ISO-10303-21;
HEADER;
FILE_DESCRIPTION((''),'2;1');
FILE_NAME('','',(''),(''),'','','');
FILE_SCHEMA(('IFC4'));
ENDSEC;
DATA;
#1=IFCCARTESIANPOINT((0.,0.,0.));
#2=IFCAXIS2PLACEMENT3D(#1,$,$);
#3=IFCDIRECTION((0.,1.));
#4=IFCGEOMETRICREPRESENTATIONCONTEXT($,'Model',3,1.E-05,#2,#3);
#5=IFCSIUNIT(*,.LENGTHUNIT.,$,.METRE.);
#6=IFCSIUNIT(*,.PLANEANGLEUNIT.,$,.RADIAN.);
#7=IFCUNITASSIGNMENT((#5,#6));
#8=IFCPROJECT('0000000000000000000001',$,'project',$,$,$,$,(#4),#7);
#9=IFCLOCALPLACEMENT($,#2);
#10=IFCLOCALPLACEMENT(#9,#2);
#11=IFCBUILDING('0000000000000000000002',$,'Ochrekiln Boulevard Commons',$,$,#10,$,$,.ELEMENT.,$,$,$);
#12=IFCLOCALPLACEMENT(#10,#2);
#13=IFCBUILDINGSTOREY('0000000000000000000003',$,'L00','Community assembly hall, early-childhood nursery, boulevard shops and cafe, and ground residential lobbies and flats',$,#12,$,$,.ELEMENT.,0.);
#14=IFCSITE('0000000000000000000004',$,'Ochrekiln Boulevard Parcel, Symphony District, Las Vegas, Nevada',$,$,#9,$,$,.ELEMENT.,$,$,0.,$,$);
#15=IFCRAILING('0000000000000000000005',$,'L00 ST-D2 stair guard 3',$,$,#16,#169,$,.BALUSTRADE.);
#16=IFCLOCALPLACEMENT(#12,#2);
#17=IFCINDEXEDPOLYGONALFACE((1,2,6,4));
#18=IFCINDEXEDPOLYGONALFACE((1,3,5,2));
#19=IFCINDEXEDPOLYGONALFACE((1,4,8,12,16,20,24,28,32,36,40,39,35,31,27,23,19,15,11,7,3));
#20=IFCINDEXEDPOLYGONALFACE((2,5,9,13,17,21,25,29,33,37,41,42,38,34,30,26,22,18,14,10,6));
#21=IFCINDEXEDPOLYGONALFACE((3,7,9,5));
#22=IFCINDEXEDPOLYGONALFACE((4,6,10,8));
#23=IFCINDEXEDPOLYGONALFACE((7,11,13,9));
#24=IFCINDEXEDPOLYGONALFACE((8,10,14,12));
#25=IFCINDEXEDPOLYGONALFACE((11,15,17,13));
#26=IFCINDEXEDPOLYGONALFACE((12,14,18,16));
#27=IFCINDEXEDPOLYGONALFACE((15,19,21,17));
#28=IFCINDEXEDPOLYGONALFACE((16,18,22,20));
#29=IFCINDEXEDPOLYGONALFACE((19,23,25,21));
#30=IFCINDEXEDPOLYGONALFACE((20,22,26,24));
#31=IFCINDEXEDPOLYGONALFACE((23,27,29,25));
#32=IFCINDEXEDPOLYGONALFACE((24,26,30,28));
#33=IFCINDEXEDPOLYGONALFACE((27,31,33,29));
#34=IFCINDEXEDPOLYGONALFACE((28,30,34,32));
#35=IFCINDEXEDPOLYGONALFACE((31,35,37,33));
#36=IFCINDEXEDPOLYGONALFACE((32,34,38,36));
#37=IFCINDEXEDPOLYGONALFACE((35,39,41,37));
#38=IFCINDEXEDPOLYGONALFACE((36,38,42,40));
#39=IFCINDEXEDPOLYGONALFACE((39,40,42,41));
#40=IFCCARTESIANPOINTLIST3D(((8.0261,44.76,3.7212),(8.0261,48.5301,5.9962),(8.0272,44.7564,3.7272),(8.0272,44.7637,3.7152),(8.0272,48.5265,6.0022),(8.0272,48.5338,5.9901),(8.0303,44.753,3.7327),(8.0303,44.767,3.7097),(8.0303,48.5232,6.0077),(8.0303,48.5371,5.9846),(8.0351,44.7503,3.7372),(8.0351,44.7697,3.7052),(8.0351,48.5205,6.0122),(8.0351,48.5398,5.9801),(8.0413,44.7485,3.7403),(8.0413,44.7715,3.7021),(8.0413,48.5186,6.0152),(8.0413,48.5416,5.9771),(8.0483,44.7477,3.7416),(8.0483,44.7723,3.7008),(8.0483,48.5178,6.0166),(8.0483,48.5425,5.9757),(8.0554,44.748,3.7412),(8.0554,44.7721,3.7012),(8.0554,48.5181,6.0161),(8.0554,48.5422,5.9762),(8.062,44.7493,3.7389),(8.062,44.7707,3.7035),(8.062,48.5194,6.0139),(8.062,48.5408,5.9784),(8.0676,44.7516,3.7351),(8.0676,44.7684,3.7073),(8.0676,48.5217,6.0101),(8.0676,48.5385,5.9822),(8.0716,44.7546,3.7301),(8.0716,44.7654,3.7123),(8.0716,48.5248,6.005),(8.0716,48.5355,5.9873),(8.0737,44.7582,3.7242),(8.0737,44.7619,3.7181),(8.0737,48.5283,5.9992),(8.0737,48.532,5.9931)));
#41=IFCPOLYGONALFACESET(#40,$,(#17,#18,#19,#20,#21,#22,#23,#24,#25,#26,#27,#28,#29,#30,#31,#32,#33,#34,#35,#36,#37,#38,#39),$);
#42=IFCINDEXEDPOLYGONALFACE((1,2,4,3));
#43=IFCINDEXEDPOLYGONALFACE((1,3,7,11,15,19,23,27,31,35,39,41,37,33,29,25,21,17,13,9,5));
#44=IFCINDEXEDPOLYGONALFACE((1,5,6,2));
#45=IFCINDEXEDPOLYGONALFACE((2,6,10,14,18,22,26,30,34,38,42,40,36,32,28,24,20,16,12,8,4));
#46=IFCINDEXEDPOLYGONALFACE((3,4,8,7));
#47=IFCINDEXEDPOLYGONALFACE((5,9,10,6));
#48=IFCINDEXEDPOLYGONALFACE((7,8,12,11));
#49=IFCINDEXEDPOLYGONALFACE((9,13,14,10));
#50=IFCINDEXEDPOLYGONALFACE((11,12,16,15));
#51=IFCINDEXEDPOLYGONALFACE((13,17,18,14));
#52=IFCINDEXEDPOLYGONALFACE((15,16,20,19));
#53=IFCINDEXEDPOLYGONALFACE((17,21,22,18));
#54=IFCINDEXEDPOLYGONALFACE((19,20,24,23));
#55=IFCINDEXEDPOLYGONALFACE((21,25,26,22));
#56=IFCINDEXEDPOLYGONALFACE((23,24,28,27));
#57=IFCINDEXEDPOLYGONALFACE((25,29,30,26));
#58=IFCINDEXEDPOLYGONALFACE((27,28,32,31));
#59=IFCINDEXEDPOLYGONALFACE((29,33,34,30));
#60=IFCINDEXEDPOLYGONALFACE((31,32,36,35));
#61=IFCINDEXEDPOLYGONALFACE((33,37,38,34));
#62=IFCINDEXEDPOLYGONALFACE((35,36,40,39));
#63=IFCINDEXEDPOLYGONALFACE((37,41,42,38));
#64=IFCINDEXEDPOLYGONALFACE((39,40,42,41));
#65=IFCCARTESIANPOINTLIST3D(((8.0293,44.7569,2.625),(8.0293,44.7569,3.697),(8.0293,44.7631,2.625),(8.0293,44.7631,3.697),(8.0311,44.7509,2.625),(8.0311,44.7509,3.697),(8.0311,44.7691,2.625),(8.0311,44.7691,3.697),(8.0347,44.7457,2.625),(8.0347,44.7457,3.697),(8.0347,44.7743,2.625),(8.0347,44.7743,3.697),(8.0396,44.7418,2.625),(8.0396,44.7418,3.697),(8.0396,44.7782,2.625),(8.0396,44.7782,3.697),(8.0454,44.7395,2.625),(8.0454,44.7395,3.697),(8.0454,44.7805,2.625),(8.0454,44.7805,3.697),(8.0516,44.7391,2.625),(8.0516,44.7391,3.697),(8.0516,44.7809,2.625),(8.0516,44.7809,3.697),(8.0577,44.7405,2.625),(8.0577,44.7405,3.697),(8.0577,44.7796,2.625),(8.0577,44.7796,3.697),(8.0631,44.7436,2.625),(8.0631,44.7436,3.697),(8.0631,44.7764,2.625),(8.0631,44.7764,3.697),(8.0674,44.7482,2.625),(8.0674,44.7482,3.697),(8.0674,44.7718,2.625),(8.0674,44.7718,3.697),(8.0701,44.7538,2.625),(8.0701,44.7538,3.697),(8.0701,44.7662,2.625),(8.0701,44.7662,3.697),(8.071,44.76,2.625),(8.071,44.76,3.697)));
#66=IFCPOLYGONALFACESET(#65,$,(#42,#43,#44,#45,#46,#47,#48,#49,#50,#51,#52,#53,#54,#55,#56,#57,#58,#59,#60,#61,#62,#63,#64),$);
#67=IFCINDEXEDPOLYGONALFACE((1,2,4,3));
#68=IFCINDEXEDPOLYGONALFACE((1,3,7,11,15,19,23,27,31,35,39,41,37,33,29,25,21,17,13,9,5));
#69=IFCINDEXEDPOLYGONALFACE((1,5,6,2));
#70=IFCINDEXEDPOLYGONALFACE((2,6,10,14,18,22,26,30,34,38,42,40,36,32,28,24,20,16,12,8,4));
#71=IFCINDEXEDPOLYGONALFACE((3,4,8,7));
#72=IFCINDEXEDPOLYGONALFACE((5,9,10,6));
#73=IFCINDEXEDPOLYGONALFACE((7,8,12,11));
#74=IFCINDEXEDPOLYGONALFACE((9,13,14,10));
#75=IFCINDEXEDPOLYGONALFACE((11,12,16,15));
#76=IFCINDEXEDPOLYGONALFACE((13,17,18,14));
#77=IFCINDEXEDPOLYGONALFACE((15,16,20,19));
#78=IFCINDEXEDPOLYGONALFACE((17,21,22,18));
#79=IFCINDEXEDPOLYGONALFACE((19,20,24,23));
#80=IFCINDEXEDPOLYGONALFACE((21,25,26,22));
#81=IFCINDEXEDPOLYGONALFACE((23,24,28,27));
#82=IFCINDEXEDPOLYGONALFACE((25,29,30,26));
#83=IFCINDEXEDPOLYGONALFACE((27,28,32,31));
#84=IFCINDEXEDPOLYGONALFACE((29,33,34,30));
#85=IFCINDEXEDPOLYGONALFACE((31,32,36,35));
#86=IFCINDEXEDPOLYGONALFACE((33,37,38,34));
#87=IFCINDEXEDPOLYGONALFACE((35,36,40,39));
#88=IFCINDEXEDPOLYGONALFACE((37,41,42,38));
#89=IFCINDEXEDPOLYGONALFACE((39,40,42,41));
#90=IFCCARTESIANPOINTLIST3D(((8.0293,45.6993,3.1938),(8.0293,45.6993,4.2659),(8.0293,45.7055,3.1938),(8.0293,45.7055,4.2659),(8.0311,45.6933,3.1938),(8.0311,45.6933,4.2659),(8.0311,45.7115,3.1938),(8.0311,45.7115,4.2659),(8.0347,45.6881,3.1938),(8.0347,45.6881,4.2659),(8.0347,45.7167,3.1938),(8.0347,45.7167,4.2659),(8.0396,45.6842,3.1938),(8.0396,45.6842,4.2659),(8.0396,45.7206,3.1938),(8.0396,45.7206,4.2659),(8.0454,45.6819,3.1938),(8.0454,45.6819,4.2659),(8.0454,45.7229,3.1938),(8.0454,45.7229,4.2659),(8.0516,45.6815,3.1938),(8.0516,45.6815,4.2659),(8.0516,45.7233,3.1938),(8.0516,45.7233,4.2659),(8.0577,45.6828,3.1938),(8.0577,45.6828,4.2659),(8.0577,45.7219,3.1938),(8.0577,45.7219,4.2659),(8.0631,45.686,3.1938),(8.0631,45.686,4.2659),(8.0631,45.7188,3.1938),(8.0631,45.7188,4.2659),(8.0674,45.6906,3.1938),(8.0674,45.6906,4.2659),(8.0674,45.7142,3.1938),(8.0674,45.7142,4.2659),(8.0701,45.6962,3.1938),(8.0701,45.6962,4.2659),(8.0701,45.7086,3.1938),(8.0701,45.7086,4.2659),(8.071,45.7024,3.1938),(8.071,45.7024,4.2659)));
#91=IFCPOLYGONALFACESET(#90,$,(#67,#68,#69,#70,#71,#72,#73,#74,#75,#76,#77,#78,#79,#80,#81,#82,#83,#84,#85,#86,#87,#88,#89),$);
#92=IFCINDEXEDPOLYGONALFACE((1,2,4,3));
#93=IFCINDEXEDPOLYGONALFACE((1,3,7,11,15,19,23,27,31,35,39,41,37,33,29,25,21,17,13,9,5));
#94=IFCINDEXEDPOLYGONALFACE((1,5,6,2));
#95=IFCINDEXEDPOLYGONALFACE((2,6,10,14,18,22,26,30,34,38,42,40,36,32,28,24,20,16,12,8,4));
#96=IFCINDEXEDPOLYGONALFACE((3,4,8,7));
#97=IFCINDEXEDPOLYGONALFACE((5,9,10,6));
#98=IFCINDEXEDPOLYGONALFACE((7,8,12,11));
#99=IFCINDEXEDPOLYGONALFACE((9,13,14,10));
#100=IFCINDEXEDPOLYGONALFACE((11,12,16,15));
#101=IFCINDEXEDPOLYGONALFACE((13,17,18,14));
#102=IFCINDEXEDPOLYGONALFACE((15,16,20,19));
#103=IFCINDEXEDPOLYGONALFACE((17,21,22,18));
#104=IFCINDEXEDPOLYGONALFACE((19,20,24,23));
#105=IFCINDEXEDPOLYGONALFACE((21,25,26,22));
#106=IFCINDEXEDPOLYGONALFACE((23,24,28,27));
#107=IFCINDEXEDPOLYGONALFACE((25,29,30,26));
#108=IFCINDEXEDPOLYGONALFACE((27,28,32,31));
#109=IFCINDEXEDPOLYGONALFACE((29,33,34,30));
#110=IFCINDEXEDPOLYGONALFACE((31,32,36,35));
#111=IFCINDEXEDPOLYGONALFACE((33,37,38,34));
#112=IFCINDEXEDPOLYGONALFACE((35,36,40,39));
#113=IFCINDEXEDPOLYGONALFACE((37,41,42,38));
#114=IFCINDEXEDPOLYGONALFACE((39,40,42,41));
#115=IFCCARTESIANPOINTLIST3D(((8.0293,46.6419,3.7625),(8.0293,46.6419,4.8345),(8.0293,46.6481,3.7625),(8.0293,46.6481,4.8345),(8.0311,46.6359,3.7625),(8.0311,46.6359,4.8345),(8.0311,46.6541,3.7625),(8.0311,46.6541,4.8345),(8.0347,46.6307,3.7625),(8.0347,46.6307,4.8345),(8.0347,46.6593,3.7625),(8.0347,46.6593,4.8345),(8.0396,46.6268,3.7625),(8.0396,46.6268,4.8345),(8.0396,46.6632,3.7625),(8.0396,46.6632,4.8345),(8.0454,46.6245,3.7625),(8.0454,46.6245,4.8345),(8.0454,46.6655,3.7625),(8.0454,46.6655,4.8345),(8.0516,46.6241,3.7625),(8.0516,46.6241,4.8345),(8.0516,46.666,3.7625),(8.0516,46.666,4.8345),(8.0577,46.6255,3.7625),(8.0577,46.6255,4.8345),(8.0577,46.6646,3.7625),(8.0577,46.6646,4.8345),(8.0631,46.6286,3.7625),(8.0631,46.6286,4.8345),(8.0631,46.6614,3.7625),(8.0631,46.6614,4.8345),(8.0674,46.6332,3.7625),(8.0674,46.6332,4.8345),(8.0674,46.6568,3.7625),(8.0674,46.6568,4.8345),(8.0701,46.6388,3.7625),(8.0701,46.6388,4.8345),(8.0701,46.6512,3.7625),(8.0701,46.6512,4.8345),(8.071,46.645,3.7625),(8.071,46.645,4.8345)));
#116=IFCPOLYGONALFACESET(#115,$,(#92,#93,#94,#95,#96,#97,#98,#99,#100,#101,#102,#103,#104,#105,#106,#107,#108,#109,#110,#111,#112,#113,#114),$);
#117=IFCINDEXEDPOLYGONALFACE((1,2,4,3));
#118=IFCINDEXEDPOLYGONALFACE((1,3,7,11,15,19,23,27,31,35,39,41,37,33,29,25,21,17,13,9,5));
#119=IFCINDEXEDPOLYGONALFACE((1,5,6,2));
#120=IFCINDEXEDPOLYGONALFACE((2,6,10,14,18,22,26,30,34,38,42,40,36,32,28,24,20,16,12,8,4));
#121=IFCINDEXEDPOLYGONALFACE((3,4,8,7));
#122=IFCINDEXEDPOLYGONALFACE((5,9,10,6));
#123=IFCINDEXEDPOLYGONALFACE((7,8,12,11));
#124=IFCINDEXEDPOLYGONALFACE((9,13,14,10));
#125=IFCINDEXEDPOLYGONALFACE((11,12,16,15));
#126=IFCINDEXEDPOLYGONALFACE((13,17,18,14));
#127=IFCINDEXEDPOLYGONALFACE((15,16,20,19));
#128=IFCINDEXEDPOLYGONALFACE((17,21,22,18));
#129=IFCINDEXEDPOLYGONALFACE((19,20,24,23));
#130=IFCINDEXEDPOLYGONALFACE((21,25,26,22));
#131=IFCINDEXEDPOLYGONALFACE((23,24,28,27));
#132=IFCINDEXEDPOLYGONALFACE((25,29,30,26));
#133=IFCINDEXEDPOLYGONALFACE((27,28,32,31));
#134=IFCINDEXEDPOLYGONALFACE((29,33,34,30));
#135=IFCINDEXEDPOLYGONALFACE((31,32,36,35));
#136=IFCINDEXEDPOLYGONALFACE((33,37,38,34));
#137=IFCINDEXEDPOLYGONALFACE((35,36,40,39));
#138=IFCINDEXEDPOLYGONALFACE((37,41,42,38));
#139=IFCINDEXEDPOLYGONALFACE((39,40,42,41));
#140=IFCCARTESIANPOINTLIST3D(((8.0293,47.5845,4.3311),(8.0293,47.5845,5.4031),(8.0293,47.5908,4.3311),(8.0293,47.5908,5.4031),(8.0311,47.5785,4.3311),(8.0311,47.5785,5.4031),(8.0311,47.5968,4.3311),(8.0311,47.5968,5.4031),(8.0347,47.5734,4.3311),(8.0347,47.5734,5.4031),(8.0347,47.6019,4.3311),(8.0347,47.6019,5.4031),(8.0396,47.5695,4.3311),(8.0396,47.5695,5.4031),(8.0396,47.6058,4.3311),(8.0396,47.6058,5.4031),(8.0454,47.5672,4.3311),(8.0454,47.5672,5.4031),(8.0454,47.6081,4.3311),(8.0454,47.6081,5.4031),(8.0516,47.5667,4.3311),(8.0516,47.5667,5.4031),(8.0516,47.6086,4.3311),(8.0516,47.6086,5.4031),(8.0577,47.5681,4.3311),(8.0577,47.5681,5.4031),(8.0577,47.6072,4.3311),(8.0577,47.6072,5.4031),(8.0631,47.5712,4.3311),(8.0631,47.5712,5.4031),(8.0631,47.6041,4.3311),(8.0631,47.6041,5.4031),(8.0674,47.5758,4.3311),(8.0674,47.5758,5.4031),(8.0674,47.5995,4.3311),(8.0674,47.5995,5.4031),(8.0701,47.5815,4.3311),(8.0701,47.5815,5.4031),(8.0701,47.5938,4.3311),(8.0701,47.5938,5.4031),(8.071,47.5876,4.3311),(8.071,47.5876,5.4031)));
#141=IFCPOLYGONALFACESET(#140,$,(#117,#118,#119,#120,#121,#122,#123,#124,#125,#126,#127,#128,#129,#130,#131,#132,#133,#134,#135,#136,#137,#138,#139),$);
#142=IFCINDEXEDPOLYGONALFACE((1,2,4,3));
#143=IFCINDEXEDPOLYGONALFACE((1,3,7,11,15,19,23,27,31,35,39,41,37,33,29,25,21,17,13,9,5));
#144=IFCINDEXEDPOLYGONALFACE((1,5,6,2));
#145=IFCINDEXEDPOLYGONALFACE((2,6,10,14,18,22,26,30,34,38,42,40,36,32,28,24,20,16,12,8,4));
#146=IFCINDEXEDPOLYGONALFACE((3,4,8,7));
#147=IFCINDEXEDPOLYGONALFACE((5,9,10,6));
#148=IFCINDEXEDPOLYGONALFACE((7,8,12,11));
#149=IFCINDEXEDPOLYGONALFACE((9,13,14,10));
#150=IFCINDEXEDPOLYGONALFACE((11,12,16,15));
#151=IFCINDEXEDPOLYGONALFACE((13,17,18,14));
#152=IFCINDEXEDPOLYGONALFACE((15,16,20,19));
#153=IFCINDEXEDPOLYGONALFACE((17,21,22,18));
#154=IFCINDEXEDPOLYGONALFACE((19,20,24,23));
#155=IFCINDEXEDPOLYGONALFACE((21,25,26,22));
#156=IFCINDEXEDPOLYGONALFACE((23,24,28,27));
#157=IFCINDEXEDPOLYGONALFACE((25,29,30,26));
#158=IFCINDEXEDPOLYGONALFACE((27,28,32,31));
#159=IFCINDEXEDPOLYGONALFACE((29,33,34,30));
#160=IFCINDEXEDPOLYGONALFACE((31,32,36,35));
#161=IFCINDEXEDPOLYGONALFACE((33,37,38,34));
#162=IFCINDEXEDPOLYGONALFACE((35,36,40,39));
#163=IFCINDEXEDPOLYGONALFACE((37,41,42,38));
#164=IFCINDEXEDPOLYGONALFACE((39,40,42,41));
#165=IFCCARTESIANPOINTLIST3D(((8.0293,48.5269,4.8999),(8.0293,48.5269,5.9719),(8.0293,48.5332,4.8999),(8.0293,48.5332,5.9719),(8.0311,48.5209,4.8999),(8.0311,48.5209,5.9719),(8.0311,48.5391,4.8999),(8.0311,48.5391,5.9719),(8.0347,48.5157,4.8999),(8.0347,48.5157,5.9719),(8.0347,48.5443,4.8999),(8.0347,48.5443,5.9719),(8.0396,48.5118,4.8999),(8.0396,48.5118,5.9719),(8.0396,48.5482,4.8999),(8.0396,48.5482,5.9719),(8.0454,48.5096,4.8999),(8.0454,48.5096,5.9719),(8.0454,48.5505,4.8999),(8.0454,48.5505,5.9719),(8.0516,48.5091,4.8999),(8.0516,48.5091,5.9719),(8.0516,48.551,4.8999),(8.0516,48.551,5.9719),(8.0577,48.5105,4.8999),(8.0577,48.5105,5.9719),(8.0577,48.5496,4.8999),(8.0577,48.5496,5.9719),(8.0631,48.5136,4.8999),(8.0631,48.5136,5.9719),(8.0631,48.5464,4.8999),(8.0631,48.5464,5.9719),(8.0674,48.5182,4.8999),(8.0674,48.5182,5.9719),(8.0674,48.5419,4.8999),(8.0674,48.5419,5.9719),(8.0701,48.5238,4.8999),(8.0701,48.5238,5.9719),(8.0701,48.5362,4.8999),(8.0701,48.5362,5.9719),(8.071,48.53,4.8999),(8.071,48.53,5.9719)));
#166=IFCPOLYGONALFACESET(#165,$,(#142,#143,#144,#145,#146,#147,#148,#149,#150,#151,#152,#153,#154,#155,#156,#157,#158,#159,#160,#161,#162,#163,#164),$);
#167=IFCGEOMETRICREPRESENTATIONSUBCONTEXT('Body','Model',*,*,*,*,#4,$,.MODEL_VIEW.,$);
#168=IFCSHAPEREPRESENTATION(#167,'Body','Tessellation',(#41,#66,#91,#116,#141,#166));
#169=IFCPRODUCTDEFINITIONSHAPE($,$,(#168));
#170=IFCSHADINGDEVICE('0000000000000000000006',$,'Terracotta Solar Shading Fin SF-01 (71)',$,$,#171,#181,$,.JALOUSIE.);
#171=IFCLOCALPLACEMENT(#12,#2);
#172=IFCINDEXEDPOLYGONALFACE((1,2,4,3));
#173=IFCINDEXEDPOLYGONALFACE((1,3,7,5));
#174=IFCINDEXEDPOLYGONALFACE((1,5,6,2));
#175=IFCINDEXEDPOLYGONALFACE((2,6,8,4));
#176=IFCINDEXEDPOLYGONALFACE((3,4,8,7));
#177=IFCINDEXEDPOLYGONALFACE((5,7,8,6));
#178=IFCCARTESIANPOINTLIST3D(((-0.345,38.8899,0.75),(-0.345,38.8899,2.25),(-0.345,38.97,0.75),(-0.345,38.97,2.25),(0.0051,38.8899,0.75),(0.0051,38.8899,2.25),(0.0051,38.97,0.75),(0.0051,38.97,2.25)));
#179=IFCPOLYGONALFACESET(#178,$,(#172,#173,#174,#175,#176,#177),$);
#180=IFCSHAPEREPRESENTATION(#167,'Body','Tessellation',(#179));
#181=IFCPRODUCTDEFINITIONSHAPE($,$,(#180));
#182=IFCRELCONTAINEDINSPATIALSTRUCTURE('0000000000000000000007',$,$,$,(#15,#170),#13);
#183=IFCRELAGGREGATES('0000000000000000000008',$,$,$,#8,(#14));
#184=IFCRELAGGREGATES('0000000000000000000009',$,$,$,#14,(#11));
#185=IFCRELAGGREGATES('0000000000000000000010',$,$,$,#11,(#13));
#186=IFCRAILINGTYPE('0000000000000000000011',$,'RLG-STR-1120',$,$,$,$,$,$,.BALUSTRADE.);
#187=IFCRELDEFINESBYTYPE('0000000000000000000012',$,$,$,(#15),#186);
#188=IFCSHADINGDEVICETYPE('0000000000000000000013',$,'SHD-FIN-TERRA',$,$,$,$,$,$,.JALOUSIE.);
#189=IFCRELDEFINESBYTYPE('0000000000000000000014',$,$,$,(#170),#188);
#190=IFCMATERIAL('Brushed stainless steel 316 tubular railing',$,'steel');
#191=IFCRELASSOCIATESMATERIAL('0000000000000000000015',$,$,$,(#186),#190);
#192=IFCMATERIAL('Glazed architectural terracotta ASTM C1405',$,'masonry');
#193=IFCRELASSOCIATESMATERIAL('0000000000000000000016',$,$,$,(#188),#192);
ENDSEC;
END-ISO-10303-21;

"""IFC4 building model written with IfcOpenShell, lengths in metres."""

from ifc_helpers import new_model, si_unit, direction, frame, origin, origin_2d, place, context, subcontext, project, spatial, rectangle, circle, extrude, material, type_object, element, save


model = new_model("IFC4")

# Units and contexts
model_context = context("Model", 3, precision=1e-05, world=origin(), true_north=direction((0.0, 1.0)))
body_context = subcontext(model_context, "Body", "Model", "MODEL_VIEW")
ifc_project = project(units=[si_unit("LENGTHUNIT", "METRE"), si_unit("PLANEANGLEUNIT", "RADIAN")], contexts=[model_context])

# Site, building, storey
site_placement = place(None, origin())
site = spatial("IfcSite", under=ifc_project, at=site_placement, Name="Ochrekiln Boulevard Parcel, Symphony District, Las Vegas, Nevada", CompositionType="ELEMENT", RefElevation=0.0)
building_placement = place(site_placement, origin())
building = spatial("IfcBuilding", under=site, at=building_placement, Name="Ochrekiln Boulevard Commons", CompositionType="ELEMENT")
storey_placement = place(building_placement, origin())
storey = spatial("IfcBuildingStorey", under=building, at=storey_placement, Name="L00", Description="Community assembly hall, early-childhood nursery, boulevard shops and cafe, and ground residential lobbies and flats", CompositionType="ELEMENT", Elevation=0.0)

# Railing
ifc_material_1 = material(Name="Brushed stainless steel 316 tubular railing", Category="steel")
railing_type_1 = type_object("IfcRailingType", Name="RLG-STR-1120", PredefinedType="BALUSTRADE", material=ifc_material_1)
railing_1_placement = place(storey_placement, frame((8.05, 44.76, 2.625)))
element("IfcRailing", 1, at=railing_1_placement, inside=storey, type_object=railing_type_1, Name="L00 ST-D2 stair guard 3", PredefinedType="BALUSTRADE", context=body_context, shape_type="SweptSolid", body=[
    extrude(circle(Radius=0.0239, at=origin_2d()), frame((0.0, 0.0, 1.0962), z_axis=(0.0, 0.856199, 0.516647), x_axis=(-1.0, 0.0, 0.0)), (0.0, 0.0, 1.0), 4.4033),
    extrude(circle(Radius=0.021, at=origin_2d()), origin(), (0.0, 0.0, 1.0), 1.072),
    extrude(circle(Radius=0.021, at=origin_2d()), frame((0.0, 0.9424, 0.5688)), (0.0, 0.0, 1.0), 1.072),
    extrude(circle(Radius=0.021, at=origin_2d()), frame((0.0, 1.885, 1.1375)), (0.0, 0.0, 1.0), 1.072),
    extrude(circle(Radius=0.021, at=origin_2d()), frame((0.0, 2.8276, 1.7061)), (0.0, 0.0, 1.0), 1.072),
    extrude(circle(Radius=0.021, at=origin_2d()), frame((0.0, 3.77, 2.2749)), (0.0, 0.0, 1.0), 1.072),
])

# Shading device
ifc_material_2 = material(Name="Glazed architectural terracotta ASTM C1405", Category="masonry")
shading_device_type = type_object("IfcShadingDeviceType", Name="SHD-FIN-TERRA", PredefinedType="JALOUSIE", material=ifc_material_2)
shading_device_placement = place(storey_placement, frame((-0.1699, 38.9299, 0.75), z_axis=(0.0, 0.0, 1.0), x_axis=(1.0, 0.0, 0.0)))
element("IfcShadingDevice", 2, at=shading_device_placement, inside=storey, type_object=shading_device_type, Name="Terracotta Solar Shading Fin SF-01 (71)", PredefinedType="JALOUSIE", context=body_context, shape_type="SweptSolid", body=[
    extrude(rectangle(XDim=0.3501, YDim=0.0801, at=origin_2d()), origin(), (0.0, 0.0, 1.0), 1.5),
])

save(model, "model.ifc")
